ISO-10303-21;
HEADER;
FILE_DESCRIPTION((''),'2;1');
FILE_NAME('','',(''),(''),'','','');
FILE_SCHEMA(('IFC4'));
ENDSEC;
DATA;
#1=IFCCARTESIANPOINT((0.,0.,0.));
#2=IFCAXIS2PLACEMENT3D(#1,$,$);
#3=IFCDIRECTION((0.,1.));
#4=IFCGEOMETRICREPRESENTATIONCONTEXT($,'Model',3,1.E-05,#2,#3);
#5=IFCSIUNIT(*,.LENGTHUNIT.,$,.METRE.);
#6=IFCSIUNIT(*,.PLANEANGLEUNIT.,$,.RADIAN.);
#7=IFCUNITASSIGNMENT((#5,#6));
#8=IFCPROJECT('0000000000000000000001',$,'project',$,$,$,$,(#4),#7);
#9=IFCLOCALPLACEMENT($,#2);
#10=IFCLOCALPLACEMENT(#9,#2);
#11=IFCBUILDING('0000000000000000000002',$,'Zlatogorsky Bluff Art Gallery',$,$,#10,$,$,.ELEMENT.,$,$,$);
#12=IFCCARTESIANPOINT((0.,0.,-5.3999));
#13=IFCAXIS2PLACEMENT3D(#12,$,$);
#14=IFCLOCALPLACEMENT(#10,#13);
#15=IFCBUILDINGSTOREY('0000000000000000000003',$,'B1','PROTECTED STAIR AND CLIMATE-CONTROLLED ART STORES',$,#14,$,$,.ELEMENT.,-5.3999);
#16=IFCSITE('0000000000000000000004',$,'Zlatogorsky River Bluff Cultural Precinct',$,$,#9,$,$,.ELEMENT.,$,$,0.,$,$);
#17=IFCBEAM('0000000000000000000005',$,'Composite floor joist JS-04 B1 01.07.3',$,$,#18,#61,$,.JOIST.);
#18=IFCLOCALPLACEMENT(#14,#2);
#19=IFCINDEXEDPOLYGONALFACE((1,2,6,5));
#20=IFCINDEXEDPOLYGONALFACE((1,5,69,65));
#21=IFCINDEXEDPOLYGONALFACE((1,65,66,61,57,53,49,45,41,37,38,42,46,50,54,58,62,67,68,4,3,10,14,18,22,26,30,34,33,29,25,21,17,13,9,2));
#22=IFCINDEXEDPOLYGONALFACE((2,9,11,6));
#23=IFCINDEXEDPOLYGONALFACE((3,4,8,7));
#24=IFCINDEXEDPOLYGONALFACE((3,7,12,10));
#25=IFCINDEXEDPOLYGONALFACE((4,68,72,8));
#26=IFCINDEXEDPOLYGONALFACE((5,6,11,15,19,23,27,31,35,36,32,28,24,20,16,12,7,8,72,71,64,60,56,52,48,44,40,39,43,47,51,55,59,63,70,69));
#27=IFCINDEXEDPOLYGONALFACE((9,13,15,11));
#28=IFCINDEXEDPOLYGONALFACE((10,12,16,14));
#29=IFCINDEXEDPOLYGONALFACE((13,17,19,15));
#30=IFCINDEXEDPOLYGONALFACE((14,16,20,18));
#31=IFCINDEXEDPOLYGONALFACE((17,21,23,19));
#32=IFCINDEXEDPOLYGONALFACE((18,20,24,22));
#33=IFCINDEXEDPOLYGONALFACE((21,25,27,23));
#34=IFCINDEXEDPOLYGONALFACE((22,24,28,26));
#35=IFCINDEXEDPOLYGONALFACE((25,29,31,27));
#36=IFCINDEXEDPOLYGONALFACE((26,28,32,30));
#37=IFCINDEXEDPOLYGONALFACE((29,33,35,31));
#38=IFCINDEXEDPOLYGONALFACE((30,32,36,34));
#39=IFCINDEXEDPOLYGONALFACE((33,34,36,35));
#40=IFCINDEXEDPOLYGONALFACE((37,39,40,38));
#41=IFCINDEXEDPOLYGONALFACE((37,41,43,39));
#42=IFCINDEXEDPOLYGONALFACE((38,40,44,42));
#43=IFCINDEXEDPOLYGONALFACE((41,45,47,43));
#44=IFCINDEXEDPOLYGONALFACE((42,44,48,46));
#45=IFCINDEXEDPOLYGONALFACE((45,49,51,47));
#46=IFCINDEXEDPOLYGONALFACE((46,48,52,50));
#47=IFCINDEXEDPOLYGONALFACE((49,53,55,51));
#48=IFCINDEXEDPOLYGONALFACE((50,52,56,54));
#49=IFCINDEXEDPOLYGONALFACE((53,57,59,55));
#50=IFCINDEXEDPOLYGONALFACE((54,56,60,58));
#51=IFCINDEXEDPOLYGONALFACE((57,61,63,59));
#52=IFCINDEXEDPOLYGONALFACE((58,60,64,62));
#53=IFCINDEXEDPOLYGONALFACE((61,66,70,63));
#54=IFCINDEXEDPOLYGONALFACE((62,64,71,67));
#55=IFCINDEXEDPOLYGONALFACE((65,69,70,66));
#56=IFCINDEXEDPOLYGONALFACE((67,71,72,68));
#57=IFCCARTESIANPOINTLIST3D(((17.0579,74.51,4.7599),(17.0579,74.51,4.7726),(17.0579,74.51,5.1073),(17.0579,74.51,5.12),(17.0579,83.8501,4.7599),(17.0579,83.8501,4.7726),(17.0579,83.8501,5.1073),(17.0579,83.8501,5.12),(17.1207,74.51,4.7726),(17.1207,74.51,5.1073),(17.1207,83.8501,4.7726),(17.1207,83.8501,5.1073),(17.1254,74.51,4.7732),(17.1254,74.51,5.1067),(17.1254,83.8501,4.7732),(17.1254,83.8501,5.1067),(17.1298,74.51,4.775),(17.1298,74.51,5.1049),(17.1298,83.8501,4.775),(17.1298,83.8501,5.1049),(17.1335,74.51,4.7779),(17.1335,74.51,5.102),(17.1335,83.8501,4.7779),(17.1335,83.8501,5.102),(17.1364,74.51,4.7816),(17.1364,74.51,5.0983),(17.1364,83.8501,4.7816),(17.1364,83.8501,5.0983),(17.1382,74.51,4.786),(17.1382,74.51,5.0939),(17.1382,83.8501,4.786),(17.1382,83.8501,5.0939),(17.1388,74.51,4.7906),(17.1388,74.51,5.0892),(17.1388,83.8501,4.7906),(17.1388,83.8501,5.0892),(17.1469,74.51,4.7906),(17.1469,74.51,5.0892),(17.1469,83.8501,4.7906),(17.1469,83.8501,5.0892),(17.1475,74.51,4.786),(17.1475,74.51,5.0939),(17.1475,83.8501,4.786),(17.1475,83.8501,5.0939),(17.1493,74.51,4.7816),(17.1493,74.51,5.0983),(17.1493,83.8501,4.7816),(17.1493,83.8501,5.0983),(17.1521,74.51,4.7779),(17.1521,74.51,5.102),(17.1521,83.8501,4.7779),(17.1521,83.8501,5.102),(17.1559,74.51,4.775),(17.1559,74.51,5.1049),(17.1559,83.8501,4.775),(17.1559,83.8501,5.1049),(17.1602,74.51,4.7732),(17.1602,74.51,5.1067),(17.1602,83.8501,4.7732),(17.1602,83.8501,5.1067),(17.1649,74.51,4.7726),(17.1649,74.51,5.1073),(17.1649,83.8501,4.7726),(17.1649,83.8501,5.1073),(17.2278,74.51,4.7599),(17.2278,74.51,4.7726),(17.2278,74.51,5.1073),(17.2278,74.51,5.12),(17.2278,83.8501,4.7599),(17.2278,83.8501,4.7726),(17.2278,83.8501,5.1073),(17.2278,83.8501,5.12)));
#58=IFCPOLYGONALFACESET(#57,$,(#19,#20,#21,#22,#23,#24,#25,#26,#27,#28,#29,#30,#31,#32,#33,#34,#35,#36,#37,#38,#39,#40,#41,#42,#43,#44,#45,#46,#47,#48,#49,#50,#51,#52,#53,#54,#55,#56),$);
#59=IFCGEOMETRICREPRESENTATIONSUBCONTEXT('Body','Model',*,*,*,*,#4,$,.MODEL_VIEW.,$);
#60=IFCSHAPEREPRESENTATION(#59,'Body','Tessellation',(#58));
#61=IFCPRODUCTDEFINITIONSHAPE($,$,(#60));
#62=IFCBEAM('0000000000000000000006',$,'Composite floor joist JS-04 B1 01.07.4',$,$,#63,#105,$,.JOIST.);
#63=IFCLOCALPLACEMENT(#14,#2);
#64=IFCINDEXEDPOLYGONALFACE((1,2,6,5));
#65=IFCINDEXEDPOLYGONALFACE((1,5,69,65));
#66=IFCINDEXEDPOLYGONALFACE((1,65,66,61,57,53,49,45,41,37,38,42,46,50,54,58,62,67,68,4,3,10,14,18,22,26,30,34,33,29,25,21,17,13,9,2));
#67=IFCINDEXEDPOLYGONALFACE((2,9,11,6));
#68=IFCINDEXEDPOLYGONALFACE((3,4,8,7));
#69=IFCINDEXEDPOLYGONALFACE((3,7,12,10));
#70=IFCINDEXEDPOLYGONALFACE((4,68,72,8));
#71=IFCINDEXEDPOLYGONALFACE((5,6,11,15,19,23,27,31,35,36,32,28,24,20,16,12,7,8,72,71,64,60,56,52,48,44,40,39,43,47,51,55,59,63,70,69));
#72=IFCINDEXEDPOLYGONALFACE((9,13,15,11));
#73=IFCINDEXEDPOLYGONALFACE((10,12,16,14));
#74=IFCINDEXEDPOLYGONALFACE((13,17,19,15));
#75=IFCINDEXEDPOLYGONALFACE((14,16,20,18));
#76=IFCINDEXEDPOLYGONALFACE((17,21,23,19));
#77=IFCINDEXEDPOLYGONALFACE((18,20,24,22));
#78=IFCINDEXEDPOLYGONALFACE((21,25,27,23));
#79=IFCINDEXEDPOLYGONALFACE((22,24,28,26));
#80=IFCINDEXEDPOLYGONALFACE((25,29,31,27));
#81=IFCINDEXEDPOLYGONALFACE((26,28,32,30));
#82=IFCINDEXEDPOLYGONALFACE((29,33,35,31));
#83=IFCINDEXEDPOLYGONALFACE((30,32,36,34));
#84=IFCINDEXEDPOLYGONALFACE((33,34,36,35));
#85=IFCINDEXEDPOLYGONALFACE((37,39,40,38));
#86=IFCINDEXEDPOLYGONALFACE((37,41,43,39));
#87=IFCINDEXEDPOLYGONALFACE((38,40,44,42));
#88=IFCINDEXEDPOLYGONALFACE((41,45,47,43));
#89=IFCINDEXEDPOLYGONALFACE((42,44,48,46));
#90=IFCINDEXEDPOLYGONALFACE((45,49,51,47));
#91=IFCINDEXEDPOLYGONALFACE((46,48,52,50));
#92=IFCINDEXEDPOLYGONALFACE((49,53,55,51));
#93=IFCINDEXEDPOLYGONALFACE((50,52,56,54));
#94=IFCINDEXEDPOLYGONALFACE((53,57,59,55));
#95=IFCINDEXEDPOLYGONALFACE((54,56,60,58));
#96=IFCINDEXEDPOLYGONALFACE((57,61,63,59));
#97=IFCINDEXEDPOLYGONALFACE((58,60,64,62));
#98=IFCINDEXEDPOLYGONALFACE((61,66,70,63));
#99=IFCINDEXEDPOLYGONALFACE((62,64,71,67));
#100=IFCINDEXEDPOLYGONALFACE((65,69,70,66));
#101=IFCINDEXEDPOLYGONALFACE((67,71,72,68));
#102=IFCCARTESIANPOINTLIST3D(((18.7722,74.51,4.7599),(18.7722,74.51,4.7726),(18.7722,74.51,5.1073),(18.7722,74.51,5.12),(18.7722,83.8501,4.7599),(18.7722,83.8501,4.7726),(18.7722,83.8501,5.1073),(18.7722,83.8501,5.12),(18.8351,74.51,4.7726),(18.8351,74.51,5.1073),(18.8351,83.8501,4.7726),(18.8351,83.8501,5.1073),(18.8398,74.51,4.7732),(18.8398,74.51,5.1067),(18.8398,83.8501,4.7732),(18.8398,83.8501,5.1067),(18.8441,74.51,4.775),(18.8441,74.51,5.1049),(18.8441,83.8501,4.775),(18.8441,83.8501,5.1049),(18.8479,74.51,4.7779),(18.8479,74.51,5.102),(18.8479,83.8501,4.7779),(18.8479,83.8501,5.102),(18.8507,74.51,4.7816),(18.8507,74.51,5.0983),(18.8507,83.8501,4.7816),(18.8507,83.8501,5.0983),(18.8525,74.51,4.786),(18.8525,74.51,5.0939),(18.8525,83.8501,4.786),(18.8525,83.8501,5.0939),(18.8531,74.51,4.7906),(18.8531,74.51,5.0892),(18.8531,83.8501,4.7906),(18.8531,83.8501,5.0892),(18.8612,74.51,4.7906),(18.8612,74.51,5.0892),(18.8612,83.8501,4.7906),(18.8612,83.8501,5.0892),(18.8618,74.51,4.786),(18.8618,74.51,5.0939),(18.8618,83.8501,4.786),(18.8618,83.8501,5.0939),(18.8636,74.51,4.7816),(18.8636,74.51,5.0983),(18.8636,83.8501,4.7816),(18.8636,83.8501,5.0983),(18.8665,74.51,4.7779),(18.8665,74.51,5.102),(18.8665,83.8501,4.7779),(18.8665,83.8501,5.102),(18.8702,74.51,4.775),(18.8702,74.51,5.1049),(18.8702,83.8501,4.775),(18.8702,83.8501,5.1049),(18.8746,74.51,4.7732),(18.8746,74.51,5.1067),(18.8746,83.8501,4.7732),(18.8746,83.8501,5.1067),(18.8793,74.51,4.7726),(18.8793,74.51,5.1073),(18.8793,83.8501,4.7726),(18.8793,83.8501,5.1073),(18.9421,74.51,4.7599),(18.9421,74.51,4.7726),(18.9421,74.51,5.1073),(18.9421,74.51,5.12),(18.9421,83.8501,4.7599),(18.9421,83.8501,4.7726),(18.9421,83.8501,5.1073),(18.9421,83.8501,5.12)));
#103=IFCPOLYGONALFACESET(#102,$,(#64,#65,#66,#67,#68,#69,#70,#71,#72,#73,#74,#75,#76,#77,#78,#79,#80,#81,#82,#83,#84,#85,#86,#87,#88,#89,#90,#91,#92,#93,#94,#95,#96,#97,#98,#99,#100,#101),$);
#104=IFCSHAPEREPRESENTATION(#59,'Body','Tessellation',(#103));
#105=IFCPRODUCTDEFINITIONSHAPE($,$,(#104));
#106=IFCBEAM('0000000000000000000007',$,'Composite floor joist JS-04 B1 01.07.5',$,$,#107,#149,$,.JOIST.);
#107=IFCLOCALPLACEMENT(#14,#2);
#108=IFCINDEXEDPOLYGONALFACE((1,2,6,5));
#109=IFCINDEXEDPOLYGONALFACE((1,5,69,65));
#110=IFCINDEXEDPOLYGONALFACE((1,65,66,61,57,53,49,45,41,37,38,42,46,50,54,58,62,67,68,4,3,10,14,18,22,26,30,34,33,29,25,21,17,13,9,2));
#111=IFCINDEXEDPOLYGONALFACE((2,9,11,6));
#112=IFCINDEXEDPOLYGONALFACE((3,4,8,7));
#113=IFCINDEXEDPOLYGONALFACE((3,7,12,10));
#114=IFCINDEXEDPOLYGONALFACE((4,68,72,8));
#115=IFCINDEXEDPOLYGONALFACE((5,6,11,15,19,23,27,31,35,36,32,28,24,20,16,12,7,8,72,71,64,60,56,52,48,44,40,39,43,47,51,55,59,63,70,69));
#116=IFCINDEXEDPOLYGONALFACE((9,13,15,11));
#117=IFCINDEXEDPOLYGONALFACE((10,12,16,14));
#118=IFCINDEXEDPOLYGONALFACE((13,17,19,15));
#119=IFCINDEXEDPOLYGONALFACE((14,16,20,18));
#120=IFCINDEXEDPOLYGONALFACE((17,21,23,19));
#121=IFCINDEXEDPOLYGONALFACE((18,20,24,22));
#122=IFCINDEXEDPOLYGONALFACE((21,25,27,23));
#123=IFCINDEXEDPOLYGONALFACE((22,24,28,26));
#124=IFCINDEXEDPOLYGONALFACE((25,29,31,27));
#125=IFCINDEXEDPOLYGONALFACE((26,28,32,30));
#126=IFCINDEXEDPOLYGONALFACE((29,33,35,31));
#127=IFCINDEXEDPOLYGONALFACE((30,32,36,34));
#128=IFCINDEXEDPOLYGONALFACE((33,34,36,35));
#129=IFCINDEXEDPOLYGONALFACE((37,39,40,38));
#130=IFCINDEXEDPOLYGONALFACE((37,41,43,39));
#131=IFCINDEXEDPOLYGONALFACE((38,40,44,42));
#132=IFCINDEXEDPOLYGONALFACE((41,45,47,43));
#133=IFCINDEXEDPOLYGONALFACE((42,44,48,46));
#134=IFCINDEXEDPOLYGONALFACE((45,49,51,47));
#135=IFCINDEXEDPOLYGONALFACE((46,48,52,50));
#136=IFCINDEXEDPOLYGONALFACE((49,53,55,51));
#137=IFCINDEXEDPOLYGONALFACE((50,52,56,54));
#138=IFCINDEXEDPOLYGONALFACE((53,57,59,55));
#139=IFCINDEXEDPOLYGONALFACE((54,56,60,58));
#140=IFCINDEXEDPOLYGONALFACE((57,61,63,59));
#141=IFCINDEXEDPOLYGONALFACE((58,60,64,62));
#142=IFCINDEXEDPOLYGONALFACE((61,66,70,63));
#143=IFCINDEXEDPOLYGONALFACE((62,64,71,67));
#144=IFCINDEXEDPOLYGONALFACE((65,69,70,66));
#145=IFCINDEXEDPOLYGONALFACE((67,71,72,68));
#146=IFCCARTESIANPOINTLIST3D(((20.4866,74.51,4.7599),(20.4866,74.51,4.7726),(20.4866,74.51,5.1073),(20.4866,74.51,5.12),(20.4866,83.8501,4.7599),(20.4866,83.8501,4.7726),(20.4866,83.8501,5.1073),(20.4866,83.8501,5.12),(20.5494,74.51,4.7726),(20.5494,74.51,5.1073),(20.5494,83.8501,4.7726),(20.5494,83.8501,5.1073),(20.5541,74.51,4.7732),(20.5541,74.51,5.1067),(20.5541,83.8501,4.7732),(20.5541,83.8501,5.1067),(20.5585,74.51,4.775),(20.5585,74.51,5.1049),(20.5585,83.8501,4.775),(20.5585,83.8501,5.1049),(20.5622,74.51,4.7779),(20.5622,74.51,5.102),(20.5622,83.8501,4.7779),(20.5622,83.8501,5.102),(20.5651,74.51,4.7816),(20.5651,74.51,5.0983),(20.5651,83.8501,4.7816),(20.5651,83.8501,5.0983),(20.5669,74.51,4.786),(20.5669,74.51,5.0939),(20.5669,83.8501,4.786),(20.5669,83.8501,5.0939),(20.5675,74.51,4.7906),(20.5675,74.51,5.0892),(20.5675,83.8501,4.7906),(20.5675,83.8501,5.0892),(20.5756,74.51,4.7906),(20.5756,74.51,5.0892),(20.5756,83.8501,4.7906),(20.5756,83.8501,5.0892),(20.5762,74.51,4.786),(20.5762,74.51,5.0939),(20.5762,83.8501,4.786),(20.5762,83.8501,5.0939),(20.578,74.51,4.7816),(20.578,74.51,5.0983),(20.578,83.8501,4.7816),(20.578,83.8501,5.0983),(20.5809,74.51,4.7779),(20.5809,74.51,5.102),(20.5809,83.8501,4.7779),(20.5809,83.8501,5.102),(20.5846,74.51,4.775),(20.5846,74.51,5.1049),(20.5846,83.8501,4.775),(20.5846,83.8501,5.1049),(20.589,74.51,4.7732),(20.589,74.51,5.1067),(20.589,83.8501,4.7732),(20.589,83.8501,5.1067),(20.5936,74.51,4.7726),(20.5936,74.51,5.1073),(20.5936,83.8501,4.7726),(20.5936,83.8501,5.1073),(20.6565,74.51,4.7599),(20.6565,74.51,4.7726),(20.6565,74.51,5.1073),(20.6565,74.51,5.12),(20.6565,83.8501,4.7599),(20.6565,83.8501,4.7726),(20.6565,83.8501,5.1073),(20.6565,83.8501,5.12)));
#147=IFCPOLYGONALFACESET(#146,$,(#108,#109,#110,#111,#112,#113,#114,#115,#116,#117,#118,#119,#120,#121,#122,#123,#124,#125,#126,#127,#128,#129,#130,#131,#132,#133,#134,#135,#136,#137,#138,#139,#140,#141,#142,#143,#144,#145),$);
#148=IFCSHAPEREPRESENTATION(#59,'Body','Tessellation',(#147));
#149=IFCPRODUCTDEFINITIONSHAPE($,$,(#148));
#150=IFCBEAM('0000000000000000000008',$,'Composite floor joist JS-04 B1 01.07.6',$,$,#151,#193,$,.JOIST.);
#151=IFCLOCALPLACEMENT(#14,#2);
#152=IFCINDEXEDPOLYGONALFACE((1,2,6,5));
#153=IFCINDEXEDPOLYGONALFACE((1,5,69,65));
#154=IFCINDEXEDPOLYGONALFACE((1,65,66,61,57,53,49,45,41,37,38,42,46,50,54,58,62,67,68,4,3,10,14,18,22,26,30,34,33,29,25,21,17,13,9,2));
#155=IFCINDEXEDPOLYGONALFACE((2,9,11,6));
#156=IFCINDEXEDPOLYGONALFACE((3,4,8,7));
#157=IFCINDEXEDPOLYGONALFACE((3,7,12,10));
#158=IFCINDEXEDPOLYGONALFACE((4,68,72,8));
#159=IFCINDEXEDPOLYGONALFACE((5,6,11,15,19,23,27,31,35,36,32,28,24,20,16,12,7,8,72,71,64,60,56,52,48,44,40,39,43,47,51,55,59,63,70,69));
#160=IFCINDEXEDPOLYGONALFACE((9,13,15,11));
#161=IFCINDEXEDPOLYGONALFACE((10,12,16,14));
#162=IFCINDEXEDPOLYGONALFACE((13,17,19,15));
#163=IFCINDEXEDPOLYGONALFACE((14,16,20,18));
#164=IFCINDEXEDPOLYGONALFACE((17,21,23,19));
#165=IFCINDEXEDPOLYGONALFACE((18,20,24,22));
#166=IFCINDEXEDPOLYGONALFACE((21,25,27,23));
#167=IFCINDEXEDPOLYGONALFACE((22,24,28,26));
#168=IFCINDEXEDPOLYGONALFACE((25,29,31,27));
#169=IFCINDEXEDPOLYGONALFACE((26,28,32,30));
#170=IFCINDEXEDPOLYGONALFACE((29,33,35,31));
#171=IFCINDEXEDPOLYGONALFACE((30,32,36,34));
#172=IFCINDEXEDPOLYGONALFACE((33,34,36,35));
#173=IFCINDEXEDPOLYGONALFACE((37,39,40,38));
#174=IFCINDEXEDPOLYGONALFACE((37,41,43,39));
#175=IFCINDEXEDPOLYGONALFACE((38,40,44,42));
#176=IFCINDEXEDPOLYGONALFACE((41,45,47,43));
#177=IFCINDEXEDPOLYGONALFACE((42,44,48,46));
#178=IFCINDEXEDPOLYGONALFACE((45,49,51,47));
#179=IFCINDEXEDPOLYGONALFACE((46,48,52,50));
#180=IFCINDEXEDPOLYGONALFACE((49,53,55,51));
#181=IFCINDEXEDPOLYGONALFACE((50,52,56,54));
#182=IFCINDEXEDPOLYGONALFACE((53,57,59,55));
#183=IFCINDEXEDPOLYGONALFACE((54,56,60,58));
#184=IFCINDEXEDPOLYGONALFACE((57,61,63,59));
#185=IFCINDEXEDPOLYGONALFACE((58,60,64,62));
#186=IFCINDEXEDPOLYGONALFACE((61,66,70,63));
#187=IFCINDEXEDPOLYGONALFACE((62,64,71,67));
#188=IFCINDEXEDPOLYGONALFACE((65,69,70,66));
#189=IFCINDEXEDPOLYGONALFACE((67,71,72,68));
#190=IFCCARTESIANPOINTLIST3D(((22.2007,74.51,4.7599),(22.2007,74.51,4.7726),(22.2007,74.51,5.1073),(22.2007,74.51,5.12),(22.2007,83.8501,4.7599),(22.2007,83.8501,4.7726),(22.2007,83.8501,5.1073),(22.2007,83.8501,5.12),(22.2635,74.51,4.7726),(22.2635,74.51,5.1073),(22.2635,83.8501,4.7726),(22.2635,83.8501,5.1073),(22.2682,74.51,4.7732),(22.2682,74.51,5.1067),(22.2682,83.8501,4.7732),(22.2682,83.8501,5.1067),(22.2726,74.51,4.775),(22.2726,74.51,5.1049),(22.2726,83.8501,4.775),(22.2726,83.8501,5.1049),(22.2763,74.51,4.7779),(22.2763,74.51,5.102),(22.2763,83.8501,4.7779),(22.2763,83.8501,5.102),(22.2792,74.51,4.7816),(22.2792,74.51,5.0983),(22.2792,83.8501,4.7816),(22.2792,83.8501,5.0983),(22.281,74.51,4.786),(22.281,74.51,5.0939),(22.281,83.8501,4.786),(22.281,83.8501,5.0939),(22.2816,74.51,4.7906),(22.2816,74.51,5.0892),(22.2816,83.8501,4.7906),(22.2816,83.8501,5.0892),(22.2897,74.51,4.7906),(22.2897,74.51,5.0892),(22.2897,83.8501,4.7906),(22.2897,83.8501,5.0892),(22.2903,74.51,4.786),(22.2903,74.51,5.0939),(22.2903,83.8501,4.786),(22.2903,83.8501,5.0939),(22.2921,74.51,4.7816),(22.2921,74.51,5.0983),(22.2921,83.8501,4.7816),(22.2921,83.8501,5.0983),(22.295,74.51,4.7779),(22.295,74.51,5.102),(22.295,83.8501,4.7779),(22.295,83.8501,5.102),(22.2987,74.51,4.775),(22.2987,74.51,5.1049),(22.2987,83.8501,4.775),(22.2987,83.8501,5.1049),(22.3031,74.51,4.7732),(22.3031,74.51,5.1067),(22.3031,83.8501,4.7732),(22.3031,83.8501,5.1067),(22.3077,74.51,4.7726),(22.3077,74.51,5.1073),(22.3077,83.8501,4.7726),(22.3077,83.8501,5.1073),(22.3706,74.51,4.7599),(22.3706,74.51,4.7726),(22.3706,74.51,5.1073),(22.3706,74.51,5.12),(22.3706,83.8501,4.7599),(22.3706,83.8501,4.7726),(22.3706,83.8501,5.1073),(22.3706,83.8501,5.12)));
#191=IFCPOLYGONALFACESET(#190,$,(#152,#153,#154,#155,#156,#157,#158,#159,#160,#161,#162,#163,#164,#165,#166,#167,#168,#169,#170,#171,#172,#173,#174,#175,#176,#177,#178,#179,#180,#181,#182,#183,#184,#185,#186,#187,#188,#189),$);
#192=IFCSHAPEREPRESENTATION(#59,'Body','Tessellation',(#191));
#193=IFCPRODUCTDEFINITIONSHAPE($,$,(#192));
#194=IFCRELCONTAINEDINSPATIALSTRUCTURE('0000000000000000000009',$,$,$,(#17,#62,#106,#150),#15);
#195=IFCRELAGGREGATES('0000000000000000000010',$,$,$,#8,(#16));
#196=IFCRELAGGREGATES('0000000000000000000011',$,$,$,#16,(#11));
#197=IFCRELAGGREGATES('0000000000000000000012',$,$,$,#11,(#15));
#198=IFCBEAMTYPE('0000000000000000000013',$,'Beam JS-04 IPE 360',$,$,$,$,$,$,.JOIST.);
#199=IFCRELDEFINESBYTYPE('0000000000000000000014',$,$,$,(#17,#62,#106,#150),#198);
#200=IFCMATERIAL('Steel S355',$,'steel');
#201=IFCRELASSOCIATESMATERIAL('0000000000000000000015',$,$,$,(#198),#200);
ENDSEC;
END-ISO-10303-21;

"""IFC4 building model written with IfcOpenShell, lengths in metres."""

from ifc_helpers import new_model, si_unit, direction, frame, origin, origin_2d, place, context, subcontext, project, spatial, i_section, extrude, material, material_profile, profile_set, type_object, element, save


model = new_model("IFC4")

# Units and contexts
model_context = context("Model", 3, precision=1e-05, world=origin(), true_north=direction((0.0, 1.0)))
body_context = subcontext(model_context, "Body", "Model", "MODEL_VIEW")
ifc_project = project(units=[si_unit("LENGTHUNIT", "METRE"), si_unit("PLANEANGLEUNIT", "RADIAN")], contexts=[model_context])

# Site, building, storey
site_placement = place(None, origin())
site = spatial("IfcSite", under=ifc_project, at=site_placement, Name="Zlatogorsky River Bluff Cultural Precinct", CompositionType="ELEMENT", RefElevation=0.0)
building_placement = place(site_placement, origin())
building = spatial("IfcBuilding", under=site, at=building_placement, Name="Zlatogorsky Bluff Art Gallery", CompositionType="ELEMENT")
storey_placement = place(building_placement, frame((0.0, 0.0, -5.3999)))
storey = spatial("IfcBuildingStorey", under=building, at=storey_placement, Name="B1", Description="PROTECTED STAIR AND CLIMATE-CONTROLLED ART STORES", CompositionType="ELEMENT", Elevation=-5.3999)

# Shared definitions
ifc_material_1 = material(Name="Steel S355", Category="steel")

# Beams
ifc_material_profile_1 = material_profile(ifc_material_1, i_section(OverallWidth=0.1699, OverallDepth=0.3601, WebThickness=0.0081, FlangeThickness=0.0127, FilletRadius=0.0181, at=origin_2d()), Name="IPE 360")
ifc_profile_set_1 = profile_set([ifc_material_profile_1], Name="Steel S355")
beam_type_1 = type_object("IfcBeamType", Name="Beam JS-04 IPE 360", PredefinedType="JOIST", material=ifc_profile_set_1)
for number, where, z_axis, x_axis, name in (
    (1, (17.1428, 74.51, 4.9399), (0.0, 1.0, 0.0), (-1.0, 0.0, 0.0), "Composite floor joist JS-04 B1 01.07.3"),
    (2, (18.8572, 74.51, 4.9399), (0.0, 1.0, 0.0), (-1.0, 0.0, 0.0), "Composite floor joist JS-04 B1 01.07.4"),
    (3, (20.5715, 74.51, 4.9399), (0.0, 1.0, 0.0), (-1.0, 0.0, 0.0), "Composite floor joist JS-04 B1 01.07.5"),
    (4, (22.2856, 74.51, 4.9399), (0.0, 1.0, 0.0), (-1.0, 0.0, 0.0), "Composite floor joist JS-04 B1 01.07.6"),
):
    element("IfcBeam", number, at=place(storey_placement, frame(where, z_axis=z_axis, x_axis=x_axis)), inside=storey, type_object=beam_type_1, Name=name, PredefinedType="JOIST", context=body_context, shape_type="SweptSolid", body=[
        extrude(i_section(OverallWidth=0.1699, OverallDepth=0.3601, WebThickness=0.0081, FlangeThickness=0.0127, FilletRadius=0.0181, at=origin_2d()), origin(), (0.0, 0.0, 1.0), 9.3401),
    ])

save(model, "model.ifc")
